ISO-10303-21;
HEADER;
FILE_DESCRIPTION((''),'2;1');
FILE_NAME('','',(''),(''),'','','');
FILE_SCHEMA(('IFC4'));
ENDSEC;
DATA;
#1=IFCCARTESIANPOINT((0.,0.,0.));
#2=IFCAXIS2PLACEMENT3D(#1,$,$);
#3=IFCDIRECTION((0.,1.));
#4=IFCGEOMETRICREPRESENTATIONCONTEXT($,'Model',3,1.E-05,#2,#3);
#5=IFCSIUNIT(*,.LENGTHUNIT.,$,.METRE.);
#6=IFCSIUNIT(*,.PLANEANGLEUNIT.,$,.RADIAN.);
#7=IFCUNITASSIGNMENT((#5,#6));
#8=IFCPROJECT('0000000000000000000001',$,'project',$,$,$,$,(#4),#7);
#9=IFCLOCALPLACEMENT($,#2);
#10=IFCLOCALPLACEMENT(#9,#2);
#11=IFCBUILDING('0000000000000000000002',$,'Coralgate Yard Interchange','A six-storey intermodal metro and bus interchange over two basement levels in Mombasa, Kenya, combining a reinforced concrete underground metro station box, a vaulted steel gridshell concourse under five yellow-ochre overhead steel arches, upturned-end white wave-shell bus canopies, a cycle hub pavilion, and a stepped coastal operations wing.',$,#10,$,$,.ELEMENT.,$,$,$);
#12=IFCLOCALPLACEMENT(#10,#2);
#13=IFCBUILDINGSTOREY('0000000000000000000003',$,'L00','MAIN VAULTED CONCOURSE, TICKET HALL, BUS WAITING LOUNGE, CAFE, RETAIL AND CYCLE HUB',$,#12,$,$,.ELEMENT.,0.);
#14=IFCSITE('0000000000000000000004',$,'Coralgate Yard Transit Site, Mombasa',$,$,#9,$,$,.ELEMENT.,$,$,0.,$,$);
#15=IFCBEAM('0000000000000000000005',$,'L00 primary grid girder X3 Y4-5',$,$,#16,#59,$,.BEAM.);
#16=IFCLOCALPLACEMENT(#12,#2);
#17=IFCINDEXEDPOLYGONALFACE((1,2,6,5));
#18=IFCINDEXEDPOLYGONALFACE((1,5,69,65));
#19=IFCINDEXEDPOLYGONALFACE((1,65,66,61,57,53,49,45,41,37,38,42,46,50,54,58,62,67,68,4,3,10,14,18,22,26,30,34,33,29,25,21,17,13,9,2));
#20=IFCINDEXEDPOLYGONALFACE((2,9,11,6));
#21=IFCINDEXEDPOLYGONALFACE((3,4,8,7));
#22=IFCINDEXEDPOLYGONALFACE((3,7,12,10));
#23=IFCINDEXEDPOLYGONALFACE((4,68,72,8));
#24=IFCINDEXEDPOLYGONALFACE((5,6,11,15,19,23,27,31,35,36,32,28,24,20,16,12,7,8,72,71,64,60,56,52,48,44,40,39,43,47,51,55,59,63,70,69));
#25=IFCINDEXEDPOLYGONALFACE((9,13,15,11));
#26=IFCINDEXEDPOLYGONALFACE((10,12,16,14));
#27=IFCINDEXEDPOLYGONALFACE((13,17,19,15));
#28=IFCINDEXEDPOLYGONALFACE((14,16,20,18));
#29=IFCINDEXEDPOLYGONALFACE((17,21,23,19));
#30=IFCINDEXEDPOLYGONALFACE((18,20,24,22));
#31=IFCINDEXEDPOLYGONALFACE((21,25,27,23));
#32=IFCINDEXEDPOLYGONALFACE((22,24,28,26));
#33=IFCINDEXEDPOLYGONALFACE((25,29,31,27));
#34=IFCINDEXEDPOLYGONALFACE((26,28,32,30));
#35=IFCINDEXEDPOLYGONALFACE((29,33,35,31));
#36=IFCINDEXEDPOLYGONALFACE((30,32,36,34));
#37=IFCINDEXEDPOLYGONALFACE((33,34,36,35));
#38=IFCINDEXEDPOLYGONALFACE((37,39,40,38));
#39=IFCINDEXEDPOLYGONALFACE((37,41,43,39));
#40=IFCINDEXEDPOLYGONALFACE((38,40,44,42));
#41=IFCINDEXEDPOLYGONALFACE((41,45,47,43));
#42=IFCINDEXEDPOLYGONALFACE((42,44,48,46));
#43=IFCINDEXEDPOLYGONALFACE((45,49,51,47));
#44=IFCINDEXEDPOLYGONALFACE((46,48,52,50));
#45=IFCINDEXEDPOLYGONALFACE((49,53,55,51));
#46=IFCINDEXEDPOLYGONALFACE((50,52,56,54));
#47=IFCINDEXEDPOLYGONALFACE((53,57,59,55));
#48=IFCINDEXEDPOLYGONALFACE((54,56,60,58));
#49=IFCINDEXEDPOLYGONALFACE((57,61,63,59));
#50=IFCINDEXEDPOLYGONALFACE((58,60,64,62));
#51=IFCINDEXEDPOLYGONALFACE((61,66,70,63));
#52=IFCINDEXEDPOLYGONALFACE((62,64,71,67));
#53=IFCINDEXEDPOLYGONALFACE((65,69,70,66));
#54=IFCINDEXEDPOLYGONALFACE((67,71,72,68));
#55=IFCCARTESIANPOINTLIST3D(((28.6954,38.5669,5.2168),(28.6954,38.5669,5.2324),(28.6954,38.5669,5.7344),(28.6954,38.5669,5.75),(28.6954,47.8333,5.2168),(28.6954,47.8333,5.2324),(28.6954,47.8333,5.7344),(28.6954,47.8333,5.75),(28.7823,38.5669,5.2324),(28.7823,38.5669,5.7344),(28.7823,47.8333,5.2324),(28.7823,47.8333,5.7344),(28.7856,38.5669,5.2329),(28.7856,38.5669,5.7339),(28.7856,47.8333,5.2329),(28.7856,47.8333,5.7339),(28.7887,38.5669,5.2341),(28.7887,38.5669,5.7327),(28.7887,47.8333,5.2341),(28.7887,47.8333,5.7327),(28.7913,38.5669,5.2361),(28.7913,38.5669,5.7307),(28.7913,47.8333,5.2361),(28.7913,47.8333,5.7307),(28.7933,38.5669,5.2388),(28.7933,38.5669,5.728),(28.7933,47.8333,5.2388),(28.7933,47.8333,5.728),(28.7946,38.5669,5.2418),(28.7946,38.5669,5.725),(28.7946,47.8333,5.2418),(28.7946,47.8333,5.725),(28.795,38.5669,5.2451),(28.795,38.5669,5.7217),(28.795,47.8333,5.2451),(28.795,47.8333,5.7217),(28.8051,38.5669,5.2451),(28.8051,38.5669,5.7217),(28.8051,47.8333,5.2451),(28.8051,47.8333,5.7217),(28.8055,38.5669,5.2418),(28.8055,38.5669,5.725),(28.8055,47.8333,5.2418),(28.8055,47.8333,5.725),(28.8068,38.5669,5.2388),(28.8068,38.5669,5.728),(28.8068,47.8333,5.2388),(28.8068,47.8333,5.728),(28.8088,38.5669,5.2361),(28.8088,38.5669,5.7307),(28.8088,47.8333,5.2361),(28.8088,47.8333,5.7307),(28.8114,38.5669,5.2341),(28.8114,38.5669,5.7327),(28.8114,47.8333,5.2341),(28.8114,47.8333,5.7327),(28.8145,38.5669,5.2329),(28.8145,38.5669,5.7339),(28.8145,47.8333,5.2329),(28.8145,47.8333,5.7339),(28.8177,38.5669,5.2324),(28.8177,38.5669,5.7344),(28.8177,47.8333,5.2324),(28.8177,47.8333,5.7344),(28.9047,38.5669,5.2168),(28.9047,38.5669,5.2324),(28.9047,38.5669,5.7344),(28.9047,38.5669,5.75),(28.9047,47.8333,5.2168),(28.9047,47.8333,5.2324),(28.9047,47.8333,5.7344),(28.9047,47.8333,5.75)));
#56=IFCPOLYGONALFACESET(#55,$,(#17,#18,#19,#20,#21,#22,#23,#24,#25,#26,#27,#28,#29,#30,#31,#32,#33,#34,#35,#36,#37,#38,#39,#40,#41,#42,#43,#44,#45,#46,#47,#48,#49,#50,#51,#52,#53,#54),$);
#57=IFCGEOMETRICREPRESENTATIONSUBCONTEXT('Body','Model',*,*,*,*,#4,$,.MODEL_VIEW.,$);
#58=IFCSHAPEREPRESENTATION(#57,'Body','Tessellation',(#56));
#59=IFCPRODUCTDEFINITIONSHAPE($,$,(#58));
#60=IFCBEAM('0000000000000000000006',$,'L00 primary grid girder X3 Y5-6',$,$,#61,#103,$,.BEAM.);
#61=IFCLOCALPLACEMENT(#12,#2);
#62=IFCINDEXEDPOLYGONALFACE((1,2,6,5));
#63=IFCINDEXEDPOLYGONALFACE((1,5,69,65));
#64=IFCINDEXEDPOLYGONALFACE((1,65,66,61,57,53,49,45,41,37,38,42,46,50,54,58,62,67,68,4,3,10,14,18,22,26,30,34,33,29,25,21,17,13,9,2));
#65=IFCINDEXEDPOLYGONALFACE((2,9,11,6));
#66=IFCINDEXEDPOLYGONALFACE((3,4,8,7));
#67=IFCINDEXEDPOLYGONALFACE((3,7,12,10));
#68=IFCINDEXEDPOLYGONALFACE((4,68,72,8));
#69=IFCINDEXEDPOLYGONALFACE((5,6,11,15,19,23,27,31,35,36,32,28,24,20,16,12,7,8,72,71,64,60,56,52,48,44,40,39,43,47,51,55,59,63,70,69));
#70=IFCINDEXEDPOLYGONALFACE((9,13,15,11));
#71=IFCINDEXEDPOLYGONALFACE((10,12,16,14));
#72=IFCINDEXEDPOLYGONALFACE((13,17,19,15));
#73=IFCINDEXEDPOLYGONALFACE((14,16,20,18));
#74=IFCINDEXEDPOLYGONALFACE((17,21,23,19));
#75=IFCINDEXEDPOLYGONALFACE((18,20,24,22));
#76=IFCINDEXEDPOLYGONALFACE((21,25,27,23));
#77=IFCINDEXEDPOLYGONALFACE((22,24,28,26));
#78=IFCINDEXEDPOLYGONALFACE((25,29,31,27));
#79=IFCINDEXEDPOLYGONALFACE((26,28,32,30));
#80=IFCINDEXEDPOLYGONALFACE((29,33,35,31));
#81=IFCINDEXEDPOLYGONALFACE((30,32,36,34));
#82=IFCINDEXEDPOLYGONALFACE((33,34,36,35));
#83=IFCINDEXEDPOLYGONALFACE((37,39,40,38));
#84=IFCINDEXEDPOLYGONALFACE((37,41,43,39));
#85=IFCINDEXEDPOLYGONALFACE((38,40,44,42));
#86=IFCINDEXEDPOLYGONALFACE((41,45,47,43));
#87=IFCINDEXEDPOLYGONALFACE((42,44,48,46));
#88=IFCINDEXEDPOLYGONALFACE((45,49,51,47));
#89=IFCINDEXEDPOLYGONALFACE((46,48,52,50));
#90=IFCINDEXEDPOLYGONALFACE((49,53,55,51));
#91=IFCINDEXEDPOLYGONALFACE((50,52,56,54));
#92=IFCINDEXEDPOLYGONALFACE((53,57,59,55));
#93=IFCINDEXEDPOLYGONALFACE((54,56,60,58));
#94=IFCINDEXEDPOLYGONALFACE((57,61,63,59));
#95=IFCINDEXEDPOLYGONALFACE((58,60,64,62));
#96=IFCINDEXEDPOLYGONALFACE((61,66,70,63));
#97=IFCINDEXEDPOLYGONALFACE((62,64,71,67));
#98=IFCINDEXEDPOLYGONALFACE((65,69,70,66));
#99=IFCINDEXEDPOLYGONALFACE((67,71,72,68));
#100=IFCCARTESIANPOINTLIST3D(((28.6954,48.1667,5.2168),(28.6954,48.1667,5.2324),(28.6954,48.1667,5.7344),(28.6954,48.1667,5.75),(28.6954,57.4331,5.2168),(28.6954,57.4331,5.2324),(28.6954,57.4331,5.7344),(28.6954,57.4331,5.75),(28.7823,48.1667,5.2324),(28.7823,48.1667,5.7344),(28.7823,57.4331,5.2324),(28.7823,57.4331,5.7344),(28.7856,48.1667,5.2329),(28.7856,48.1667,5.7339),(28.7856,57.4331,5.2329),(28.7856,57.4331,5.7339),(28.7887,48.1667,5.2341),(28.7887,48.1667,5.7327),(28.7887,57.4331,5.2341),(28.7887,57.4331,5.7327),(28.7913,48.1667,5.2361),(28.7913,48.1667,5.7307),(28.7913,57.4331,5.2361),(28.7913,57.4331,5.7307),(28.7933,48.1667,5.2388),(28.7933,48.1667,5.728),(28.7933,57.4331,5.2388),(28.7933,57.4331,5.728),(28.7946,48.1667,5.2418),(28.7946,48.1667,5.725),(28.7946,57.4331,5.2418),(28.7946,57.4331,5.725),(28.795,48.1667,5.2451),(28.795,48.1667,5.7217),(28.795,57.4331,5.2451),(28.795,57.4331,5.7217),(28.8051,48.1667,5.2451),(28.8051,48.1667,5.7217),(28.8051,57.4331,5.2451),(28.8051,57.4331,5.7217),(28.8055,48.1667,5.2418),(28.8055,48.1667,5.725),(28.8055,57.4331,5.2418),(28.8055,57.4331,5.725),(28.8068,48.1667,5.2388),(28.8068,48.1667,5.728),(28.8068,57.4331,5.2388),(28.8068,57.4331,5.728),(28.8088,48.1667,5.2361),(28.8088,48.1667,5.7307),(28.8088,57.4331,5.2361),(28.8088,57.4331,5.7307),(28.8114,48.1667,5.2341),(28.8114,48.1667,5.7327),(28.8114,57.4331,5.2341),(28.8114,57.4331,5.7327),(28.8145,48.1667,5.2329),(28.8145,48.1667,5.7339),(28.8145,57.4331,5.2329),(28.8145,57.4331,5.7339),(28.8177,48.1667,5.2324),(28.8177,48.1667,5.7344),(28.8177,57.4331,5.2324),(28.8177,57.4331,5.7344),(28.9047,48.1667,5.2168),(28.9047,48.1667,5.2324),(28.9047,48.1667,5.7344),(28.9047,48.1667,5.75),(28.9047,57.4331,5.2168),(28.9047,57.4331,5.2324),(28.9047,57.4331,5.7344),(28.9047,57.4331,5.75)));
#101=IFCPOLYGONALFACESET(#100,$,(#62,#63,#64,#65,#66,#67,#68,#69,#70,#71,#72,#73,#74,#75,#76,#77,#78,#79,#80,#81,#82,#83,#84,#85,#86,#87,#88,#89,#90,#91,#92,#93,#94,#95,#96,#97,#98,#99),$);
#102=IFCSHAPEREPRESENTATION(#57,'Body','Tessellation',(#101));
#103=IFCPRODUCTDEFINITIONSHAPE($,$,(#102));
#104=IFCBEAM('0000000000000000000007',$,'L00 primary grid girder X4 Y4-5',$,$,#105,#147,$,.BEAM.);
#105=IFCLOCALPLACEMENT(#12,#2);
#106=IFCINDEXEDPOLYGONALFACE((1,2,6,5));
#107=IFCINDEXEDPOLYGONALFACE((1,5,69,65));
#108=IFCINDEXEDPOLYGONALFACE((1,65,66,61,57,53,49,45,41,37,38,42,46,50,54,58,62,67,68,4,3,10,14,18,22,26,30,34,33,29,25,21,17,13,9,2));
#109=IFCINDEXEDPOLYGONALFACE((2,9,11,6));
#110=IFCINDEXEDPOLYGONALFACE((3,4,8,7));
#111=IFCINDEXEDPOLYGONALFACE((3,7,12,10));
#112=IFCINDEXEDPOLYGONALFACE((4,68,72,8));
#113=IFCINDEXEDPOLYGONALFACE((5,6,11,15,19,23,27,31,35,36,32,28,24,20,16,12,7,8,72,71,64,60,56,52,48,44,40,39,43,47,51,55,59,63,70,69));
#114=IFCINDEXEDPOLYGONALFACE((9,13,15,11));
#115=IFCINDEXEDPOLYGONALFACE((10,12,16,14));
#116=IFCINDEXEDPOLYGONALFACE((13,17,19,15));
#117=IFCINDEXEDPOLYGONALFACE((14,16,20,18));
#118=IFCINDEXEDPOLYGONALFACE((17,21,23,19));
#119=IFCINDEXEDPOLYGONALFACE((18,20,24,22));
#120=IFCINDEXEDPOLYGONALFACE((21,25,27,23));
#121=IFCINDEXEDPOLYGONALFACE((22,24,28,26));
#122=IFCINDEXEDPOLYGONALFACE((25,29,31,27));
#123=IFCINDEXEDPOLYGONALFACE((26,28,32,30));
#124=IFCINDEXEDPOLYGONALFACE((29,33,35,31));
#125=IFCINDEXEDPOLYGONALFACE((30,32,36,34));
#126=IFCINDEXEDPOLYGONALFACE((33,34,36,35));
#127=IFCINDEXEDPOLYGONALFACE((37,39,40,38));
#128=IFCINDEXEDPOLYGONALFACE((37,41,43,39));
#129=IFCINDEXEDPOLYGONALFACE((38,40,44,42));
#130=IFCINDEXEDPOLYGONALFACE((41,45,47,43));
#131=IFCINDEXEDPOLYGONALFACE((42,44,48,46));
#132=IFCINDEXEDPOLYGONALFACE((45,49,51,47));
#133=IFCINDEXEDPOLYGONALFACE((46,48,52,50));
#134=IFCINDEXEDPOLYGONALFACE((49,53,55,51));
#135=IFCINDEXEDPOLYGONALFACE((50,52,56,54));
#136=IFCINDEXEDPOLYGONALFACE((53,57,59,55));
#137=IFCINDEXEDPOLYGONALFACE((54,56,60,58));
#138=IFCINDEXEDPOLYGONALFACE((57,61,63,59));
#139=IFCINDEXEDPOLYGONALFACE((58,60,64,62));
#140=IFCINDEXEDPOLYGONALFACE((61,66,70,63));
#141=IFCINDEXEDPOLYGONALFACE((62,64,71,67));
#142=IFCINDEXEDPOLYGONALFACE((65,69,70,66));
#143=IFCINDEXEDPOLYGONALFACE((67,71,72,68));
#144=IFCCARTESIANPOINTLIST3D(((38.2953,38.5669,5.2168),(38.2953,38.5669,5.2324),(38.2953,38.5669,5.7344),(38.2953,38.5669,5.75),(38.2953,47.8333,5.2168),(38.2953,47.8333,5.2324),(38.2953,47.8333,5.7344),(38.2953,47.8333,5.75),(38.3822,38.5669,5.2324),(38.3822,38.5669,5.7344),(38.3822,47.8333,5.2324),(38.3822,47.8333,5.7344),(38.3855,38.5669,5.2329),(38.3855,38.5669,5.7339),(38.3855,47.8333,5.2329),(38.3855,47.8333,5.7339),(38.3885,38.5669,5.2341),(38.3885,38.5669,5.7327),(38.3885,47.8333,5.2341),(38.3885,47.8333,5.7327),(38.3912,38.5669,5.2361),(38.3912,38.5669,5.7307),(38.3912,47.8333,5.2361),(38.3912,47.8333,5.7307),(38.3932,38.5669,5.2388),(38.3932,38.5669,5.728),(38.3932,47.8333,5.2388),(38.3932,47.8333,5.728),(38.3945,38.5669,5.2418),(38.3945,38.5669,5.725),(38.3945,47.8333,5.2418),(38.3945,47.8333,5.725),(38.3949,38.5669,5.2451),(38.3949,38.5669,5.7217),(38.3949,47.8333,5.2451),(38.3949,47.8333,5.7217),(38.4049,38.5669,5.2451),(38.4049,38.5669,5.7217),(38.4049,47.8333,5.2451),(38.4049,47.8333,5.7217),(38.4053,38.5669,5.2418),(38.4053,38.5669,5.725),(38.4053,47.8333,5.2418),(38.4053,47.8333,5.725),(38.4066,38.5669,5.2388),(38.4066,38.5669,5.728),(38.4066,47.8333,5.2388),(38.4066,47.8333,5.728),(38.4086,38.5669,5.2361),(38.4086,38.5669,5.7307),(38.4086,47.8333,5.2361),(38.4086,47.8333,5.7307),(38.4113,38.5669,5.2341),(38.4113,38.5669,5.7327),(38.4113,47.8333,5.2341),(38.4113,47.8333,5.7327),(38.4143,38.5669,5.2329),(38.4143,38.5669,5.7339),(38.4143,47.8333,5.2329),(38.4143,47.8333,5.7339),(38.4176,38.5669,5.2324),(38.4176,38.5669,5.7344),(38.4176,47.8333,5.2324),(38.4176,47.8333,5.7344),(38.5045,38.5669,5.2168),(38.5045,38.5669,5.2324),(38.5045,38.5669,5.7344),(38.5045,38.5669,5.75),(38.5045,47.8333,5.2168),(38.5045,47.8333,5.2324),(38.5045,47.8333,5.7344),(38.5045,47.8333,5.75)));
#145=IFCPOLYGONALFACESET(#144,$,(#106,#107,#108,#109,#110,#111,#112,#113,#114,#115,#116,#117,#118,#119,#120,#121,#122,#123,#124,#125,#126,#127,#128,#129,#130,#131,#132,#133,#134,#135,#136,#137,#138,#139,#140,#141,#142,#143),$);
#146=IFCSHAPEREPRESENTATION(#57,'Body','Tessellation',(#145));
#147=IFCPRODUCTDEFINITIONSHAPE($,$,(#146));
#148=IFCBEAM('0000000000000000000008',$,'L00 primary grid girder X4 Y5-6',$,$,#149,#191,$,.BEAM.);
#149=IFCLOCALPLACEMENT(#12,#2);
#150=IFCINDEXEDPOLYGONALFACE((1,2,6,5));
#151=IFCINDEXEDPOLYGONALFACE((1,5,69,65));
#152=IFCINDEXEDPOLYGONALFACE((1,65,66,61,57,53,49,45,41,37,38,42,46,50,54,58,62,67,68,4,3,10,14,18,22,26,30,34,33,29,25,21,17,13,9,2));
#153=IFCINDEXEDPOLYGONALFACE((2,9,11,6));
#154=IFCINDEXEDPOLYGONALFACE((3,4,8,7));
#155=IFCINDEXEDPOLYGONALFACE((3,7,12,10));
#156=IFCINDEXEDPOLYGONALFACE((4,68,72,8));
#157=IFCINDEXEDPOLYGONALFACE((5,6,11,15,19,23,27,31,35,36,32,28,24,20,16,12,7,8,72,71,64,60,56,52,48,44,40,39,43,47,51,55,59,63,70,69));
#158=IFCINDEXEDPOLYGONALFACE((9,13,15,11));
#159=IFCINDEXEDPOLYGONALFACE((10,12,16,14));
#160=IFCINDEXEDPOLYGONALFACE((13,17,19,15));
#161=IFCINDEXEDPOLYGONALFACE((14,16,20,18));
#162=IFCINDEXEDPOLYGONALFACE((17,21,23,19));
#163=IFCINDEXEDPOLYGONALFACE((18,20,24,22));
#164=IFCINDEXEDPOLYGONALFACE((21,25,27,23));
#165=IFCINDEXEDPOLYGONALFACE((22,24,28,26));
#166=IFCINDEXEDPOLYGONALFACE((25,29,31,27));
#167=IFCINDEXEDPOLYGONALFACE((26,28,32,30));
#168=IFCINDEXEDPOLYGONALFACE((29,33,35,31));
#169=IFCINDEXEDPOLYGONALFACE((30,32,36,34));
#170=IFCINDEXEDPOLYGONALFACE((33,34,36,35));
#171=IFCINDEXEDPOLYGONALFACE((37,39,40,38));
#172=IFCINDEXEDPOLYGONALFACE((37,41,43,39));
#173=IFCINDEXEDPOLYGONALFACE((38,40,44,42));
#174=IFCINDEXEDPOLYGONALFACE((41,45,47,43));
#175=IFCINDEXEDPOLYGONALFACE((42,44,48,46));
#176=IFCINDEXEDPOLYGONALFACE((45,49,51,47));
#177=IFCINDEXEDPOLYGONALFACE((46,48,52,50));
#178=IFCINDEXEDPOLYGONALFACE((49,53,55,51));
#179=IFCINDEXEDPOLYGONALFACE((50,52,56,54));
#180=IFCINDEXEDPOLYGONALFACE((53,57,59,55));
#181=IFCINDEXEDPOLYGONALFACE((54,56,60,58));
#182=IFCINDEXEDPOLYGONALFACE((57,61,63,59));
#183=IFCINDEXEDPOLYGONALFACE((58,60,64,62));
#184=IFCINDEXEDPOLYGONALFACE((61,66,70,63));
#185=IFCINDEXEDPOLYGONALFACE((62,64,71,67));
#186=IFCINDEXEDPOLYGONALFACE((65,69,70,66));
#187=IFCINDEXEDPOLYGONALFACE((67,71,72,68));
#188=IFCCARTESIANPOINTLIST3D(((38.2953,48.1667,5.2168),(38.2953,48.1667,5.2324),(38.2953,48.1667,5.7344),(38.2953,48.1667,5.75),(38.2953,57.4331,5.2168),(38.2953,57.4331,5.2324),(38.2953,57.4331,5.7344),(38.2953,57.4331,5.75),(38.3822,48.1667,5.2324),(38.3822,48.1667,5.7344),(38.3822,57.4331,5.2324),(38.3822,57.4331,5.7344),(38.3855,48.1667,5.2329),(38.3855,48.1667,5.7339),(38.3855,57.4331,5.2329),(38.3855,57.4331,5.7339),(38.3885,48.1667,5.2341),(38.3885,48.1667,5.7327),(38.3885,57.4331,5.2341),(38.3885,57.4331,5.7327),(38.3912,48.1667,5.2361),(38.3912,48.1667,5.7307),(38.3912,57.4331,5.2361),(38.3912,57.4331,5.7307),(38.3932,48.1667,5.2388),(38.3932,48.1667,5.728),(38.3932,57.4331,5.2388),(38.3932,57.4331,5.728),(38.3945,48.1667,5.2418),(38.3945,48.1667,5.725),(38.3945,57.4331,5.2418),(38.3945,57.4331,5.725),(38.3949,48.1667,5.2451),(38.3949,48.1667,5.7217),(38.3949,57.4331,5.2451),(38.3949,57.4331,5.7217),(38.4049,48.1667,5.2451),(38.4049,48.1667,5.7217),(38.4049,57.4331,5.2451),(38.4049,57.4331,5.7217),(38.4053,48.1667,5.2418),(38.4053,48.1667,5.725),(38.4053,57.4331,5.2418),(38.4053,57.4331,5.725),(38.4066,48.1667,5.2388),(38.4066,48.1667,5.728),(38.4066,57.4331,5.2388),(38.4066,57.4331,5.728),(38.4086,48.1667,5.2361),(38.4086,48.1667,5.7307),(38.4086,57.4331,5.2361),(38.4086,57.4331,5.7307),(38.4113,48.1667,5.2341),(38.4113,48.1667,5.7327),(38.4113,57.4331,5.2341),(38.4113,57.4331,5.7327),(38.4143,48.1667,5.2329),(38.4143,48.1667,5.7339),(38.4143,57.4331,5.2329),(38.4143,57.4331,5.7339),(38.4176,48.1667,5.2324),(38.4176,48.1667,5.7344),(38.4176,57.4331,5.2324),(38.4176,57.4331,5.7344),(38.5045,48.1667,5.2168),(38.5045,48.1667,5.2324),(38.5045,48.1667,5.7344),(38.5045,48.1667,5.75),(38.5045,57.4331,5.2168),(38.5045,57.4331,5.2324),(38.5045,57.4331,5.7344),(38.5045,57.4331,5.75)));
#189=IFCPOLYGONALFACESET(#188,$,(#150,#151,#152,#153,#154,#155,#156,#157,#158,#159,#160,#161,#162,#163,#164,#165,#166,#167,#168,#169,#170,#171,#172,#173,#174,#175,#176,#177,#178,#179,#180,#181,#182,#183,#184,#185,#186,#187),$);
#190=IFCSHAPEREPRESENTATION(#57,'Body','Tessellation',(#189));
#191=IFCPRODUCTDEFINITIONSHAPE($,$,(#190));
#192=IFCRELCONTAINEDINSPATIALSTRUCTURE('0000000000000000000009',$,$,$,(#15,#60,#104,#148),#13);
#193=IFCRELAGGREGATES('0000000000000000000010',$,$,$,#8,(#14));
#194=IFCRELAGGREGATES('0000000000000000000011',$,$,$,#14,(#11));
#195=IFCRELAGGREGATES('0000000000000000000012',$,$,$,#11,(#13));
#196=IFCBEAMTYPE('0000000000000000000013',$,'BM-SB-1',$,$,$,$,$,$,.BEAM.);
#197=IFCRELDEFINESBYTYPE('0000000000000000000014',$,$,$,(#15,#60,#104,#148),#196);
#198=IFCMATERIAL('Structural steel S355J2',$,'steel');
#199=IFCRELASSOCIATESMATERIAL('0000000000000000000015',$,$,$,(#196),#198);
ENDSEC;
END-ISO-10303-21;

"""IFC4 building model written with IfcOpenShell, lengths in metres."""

from ifc_helpers import new_model, si_unit, direction, frame, origin, origin_2d, place, context, subcontext, project, spatial, i_section, extrude, material, material_profile, profile_set, type_object, element, save


model = new_model("IFC4")

# Units and contexts
model_context = context("Model", 3, precision=1e-05, world=origin(), true_north=direction((0.0, 1.0)))
body_context = subcontext(model_context, "Body", "Model", "MODEL_VIEW")
ifc_project = project(units=[si_unit("LENGTHUNIT", "METRE"), si_unit("PLANEANGLEUNIT", "RADIAN")], contexts=[model_context])

# Site, building, storey
site_placement = place(None, origin())
site = spatial("IfcSite", under=ifc_project, at=site_placement, Name="Coralgate Yard Transit Site, Mombasa", CompositionType="ELEMENT", RefElevation=0.0)
building_placement = place(site_placement, origin())
building = spatial("IfcBuilding", under=site, at=building_placement, Name="Coralgate Yard Interchange", Description="A six-storey intermodal metro and bus interchange over two basement levels in Mombasa, Kenya, combining a reinforced concrete underground metro station box, a vaulted steel gridshell concourse under five yellow-ochre overhead steel arches, upturned-end white wave-shell bus canopies, a cycle hub pavilion, and a stepped coastal operations wing.", CompositionType="ELEMENT")
storey_placement = place(building_placement, origin())
storey = spatial("IfcBuildingStorey", under=building, at=storey_placement, Name="L00", Description="MAIN VAULTED CONCOURSE, TICKET HALL, BUS WAITING LOUNGE, CAFE, RETAIL AND CYCLE HUB", CompositionType="ELEMENT", Elevation=0.0)

# Shared definitions
ifc_material_1 = material(Name="Structural steel S355J2", Category="steel")

# Beams
ifc_material_profile_1 = material_profile(ifc_material_1, i_section(OverallWidth=0.2092, OverallDepth=0.5332, WebThickness=0.01, FlangeThickness=0.0156, FilletRadius=0.0127, at=origin_2d()), Name="UB 533x210x92")
ifc_profile_set_1 = profile_set([ifc_material_profile_1], Name="Structural steel S355J2")
beam_type_1 = type_object("IfcBeamType", Name="BM-SB-1", PredefinedType="BEAM", material=ifc_profile_set_1)
for number, where, z_axis, x_axis, name in (
    (1, (28.8, 38.5669, 5.4834), (0.0, 1.0, 0.0), (-1.0, 0.0, 0.0), "L00 primary grid girder X3 Y4-5"),
    (2, (28.8, 48.1667, 5.4834), (0.0, 1.0, 0.0), (-1.0, 0.0, 0.0), "L00 primary grid girder X3 Y5-6"),
    (3, (38.3999, 38.5669, 5.4834), (0.0, 1.0, 0.0), (-1.0, 0.0, 0.0), "L00 primary grid girder X4 Y4-5"),
    (4, (38.3999, 48.1667, 5.4834), (0.0, 1.0, 0.0), (-1.0, 0.0, 0.0), "L00 primary grid girder X4 Y5-6"),
):
    element("IfcBeam", number, at=place(storey_placement, frame(where, z_axis=z_axis, x_axis=x_axis)), inside=storey, type_object=beam_type_1, Name=name, PredefinedType="BEAM", context=body_context, shape_type="SweptSolid", body=[
        extrude(i_section(OverallWidth=0.2092, OverallDepth=0.5332, WebThickness=0.01, FlangeThickness=0.0156, FilletRadius=0.0127, at=origin_2d()), origin(), (0.0, 0.0, 1.0), 9.2664),
    ])

save(model, "model.ifc")
